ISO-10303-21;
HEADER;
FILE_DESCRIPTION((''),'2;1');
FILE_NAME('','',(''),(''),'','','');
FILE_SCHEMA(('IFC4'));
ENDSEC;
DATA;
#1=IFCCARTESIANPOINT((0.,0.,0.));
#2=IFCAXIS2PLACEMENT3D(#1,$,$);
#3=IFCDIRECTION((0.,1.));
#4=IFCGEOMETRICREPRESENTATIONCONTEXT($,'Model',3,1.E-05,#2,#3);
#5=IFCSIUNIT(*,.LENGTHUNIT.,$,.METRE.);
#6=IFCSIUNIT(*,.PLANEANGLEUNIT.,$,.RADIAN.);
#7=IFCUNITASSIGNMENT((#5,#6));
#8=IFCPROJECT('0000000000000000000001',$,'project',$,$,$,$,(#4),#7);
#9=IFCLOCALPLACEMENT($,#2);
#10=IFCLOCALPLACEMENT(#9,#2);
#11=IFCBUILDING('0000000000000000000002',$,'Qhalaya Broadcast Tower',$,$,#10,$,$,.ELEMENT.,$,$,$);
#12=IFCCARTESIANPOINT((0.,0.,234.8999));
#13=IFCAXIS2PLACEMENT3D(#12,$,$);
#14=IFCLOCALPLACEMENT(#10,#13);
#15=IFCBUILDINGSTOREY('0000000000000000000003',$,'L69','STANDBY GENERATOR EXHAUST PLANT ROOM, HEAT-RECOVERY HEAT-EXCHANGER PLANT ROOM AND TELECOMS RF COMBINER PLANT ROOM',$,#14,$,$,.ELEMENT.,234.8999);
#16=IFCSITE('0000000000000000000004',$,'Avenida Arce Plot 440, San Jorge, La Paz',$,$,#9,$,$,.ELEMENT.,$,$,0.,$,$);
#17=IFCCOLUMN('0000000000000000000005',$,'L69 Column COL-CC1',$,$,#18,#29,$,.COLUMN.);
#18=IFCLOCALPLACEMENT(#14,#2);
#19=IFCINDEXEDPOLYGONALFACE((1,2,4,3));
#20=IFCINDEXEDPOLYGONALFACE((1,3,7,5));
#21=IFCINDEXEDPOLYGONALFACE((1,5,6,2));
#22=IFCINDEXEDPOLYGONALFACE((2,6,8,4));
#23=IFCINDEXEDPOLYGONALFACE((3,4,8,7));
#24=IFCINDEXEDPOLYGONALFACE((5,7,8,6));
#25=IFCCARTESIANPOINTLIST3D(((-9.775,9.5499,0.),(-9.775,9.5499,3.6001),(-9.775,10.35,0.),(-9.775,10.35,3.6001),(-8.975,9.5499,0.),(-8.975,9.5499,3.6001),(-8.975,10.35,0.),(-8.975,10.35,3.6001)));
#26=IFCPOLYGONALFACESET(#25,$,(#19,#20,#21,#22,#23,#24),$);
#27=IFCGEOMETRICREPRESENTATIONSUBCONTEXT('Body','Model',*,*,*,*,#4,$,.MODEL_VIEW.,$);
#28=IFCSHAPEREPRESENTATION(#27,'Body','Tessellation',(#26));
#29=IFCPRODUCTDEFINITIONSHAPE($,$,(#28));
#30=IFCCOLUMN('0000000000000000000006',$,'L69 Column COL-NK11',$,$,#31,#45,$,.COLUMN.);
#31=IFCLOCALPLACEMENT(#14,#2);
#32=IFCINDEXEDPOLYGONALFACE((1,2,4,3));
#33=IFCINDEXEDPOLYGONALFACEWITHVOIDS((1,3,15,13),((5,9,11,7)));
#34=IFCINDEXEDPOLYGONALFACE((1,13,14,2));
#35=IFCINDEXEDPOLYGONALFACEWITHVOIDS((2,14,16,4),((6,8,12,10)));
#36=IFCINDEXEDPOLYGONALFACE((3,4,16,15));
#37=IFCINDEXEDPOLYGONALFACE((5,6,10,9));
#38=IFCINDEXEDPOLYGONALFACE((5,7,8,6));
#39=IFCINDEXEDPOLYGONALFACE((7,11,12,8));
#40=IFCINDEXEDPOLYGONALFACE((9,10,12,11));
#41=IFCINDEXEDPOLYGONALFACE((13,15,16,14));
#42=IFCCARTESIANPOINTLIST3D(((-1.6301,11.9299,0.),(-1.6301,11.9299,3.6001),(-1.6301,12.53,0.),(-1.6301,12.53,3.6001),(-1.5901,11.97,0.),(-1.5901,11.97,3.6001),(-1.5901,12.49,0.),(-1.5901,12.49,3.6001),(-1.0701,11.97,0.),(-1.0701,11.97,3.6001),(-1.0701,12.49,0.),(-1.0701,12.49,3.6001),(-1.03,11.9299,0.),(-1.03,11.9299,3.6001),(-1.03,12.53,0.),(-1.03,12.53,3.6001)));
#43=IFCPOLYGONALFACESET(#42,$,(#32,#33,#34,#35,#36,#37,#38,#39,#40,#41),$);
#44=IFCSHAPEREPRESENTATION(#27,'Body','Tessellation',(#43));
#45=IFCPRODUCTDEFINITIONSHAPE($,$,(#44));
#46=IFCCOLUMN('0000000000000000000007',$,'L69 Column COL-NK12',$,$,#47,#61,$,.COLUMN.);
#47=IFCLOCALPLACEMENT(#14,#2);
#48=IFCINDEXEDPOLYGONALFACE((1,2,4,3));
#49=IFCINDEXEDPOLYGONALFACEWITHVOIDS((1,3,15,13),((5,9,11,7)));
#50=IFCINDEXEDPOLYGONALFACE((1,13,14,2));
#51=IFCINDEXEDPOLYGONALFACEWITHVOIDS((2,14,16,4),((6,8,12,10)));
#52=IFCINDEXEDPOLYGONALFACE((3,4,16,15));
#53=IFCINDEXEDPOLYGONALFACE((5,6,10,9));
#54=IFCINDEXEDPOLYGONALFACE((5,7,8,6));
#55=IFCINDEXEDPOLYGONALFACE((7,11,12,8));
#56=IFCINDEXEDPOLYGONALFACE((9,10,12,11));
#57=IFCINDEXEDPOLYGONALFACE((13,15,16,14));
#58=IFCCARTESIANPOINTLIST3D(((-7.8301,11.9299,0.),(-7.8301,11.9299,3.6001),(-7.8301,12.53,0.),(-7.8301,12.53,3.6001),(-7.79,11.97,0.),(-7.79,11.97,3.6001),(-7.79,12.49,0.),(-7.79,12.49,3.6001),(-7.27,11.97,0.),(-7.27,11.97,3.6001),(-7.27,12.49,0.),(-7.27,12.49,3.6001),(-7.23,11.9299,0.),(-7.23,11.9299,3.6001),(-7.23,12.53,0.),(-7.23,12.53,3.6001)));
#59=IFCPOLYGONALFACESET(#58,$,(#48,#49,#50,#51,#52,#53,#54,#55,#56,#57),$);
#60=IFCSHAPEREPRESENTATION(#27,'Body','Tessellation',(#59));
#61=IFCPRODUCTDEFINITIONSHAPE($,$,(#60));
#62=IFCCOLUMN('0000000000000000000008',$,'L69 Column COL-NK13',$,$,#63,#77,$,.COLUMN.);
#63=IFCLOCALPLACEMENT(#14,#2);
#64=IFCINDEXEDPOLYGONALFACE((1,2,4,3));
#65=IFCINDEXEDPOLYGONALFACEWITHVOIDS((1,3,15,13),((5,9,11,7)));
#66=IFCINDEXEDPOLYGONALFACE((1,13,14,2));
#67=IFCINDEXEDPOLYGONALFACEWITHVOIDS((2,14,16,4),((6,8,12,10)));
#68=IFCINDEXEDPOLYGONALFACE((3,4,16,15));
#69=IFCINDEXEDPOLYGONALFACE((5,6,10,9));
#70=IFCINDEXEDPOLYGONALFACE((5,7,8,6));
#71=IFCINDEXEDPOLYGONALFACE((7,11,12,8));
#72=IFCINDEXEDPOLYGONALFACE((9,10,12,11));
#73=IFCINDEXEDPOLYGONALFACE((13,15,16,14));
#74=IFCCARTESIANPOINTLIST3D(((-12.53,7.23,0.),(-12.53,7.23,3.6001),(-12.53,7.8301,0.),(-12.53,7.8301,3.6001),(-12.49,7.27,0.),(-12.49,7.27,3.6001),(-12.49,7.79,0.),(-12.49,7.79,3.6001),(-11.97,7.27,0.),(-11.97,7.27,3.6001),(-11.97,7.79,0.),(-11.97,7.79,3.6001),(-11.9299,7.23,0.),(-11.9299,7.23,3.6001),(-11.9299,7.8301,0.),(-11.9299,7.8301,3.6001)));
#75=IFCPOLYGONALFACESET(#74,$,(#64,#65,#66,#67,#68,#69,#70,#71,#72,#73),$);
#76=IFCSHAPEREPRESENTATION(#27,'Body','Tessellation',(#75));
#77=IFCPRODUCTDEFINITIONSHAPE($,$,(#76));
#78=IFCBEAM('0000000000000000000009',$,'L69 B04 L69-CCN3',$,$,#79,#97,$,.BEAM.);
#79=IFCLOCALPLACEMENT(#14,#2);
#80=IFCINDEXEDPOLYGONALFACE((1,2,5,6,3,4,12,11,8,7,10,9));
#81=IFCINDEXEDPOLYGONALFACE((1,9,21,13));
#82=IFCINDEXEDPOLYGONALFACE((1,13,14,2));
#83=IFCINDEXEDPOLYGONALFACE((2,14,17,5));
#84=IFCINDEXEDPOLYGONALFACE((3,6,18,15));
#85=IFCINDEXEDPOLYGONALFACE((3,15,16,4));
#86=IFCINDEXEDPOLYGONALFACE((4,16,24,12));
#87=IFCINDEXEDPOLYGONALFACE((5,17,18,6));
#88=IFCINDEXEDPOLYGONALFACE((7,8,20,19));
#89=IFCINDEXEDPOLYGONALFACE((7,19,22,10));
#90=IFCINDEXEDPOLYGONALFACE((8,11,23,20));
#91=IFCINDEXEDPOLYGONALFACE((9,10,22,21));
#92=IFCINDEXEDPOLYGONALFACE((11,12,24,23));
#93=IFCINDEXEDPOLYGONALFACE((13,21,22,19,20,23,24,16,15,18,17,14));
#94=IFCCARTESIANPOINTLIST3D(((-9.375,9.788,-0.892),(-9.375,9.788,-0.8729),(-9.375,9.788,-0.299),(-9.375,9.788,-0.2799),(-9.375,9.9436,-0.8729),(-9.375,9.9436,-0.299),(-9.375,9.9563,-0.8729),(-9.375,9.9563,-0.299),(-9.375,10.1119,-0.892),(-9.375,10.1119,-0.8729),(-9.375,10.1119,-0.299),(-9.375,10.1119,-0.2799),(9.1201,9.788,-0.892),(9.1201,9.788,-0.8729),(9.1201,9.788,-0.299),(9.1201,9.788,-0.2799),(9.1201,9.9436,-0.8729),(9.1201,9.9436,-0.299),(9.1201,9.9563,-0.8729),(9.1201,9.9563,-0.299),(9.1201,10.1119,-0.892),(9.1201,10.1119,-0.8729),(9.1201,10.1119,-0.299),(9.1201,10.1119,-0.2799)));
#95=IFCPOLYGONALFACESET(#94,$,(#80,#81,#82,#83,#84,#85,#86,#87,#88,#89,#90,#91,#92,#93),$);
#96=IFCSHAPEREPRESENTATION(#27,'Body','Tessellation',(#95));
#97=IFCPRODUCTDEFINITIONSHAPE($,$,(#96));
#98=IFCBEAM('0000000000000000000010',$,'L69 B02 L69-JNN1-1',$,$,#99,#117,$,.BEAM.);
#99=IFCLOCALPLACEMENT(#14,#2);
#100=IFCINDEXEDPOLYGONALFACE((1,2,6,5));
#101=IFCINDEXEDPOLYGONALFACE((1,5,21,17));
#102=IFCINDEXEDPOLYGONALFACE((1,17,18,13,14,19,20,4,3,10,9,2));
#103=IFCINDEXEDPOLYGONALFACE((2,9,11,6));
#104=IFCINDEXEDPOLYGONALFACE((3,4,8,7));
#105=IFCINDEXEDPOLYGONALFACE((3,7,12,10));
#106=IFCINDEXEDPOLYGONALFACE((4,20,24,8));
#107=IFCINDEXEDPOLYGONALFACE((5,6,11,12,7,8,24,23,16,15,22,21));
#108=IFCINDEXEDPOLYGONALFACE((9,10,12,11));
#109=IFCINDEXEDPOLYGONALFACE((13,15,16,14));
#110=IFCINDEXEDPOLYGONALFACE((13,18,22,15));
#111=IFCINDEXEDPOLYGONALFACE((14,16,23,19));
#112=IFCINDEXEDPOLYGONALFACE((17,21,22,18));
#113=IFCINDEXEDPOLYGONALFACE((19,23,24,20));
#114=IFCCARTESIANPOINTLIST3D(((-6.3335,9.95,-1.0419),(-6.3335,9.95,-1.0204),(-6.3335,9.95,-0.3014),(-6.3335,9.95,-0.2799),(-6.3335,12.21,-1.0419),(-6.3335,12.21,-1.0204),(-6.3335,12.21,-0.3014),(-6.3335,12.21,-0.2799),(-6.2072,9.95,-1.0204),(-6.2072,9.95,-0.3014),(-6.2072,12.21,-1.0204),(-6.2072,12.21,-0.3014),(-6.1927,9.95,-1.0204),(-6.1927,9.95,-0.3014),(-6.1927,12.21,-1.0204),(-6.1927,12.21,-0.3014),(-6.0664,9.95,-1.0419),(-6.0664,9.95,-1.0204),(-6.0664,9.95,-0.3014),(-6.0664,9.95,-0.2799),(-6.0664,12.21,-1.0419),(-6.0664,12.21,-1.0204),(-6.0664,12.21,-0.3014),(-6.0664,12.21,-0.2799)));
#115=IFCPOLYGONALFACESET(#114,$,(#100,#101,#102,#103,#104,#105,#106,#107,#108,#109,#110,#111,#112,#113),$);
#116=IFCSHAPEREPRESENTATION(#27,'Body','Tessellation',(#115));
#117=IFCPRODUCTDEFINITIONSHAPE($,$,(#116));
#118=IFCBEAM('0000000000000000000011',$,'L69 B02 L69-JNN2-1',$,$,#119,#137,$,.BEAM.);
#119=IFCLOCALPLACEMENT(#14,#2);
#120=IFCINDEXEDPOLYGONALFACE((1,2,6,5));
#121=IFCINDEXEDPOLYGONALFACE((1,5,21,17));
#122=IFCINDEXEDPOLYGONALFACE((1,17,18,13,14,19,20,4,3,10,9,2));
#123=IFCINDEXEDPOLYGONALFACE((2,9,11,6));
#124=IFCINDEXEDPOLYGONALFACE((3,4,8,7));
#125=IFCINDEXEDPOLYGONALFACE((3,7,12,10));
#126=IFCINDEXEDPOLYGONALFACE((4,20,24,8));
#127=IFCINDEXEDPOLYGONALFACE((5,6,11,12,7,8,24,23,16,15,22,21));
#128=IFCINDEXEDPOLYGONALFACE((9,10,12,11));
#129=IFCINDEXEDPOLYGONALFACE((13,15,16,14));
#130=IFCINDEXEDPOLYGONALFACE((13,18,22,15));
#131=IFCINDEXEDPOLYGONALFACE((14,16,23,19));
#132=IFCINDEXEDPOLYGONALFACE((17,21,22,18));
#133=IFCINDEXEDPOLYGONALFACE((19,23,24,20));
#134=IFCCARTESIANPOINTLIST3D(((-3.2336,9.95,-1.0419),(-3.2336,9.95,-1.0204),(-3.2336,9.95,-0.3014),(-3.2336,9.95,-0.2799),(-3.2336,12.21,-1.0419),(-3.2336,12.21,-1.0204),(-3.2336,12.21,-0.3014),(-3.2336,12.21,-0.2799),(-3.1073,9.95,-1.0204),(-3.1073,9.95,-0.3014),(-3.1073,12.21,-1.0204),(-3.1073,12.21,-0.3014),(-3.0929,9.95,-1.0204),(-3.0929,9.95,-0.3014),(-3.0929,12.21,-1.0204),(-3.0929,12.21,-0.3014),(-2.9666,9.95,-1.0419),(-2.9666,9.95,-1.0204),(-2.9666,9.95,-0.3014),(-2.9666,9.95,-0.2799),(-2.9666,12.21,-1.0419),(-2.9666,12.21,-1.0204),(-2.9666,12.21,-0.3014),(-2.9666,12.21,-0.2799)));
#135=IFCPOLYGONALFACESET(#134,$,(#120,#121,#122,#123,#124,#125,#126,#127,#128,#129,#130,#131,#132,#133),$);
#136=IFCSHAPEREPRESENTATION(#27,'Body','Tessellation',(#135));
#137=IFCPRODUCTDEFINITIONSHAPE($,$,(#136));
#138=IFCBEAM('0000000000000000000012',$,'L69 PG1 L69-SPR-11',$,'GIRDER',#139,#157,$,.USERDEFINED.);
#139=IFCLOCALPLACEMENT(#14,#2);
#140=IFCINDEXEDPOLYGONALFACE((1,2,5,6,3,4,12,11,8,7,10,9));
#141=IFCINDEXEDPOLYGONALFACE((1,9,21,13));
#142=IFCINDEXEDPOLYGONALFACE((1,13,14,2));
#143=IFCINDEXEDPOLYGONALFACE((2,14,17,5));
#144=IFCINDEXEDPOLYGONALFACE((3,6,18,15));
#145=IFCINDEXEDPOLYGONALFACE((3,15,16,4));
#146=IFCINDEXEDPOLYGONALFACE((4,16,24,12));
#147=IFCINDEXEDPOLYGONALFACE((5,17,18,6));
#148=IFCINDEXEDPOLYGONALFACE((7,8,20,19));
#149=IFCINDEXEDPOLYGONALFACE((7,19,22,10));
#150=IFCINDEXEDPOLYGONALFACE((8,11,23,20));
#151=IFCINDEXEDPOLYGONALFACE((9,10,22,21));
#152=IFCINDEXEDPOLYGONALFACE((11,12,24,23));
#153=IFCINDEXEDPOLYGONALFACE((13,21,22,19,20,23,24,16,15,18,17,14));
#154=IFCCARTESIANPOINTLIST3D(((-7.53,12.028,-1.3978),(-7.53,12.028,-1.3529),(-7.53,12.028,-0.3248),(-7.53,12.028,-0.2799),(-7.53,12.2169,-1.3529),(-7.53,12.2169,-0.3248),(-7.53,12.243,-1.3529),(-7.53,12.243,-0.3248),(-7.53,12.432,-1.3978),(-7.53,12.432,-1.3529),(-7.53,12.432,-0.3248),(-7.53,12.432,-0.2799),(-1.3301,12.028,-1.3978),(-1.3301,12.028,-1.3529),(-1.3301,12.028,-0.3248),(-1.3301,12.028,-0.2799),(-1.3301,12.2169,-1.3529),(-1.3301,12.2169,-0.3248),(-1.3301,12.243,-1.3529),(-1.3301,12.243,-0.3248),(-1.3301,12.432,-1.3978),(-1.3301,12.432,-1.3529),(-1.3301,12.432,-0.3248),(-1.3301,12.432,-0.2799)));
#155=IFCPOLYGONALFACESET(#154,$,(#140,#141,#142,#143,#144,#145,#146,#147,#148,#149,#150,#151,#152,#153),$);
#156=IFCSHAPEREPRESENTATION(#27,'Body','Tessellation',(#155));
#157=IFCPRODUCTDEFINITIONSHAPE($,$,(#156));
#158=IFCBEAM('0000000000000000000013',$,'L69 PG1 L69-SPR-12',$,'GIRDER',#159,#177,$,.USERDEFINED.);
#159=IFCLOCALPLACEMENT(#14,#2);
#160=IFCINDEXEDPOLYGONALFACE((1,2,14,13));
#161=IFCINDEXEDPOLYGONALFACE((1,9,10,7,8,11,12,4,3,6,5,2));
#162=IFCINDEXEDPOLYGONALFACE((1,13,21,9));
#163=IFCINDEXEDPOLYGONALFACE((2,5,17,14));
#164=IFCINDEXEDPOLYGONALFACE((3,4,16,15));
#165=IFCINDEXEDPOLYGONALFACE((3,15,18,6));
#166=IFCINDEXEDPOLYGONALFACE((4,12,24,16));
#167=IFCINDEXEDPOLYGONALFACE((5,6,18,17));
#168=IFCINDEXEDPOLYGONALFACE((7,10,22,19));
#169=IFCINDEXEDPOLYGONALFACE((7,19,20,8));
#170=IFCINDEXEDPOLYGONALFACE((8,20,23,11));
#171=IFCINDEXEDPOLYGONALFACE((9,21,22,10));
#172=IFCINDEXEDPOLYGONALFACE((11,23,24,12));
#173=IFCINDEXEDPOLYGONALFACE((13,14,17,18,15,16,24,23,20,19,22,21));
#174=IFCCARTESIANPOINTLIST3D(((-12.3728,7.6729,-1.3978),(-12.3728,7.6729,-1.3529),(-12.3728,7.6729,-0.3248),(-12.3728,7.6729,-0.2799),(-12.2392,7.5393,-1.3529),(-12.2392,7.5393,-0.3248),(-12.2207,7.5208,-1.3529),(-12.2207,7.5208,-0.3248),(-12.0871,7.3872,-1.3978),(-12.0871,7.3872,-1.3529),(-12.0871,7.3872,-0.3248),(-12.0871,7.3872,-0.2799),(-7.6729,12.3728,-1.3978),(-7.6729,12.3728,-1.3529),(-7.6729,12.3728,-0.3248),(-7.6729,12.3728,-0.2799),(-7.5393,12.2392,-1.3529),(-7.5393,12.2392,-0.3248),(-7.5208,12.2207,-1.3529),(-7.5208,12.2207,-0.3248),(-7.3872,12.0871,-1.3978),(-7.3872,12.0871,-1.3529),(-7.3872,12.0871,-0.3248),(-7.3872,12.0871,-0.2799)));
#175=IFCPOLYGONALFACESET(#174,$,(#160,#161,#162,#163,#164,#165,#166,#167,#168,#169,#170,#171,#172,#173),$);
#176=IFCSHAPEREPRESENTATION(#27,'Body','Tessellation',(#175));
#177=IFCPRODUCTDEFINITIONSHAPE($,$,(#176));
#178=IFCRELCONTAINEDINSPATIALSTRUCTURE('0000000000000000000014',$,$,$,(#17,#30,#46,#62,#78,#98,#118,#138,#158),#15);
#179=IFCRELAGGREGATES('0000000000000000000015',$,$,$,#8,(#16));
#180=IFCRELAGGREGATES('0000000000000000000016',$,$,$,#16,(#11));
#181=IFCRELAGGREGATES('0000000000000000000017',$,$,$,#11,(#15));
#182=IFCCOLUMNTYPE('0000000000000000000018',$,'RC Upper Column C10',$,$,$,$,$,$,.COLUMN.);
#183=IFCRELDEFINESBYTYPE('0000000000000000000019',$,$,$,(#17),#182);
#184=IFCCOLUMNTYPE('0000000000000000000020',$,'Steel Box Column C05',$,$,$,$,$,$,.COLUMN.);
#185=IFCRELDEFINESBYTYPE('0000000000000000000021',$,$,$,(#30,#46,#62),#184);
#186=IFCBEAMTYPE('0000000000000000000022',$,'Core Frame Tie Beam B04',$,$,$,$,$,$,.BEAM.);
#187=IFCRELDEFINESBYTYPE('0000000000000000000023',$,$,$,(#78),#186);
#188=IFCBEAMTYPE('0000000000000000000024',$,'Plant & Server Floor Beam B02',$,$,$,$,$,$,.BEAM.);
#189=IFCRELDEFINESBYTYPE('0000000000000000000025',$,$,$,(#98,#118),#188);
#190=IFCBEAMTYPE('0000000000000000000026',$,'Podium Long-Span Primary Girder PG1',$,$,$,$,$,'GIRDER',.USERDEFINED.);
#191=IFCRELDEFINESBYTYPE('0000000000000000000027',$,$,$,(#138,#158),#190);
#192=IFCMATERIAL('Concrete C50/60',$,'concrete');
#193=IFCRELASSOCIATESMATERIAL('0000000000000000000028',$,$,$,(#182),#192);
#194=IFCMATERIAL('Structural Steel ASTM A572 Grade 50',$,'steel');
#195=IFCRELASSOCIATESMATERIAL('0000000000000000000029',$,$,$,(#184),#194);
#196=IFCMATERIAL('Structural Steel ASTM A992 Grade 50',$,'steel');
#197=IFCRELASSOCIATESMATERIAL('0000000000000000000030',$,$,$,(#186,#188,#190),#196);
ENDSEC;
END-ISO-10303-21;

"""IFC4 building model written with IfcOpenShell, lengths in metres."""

from ifc_helpers import new_model, si_unit, direction, frame, origin, origin_2d, place, context, subcontext, project, spatial, rectangle, hollow_rectangle, i_section, extrude, material, material_profile, profile_set, type_object, element, save


model = new_model("IFC4")

# Units and contexts
model_context = context("Model", 3, precision=1e-05, world=origin(), true_north=direction((0.0, 1.0)))
body_context = subcontext(model_context, "Body", "Model", "MODEL_VIEW")
ifc_project = project(units=[si_unit("LENGTHUNIT", "METRE"), si_unit("PLANEANGLEUNIT", "RADIAN")], contexts=[model_context])

# Site, building, storey
site_placement = place(None, origin())
site = spatial("IfcSite", under=ifc_project, at=site_placement, Name="Avenida Arce Plot 440, San Jorge, La Paz", CompositionType="ELEMENT", RefElevation=0.0)
building_placement = place(site_placement, origin())
building = spatial("IfcBuilding", under=site, at=building_placement, Name="Qhalaya Broadcast Tower", CompositionType="ELEMENT")
storey_placement = place(building_placement, frame((0.0, 0.0, 234.8999)))
storey = spatial("IfcBuildingStorey", under=building, at=storey_placement, Name="L69", Description="STANDBY GENERATOR EXHAUST PLANT ROOM, HEAT-RECOVERY HEAT-EXCHANGER PLANT ROOM AND TELECOMS RF COMBINER PLANT ROOM", CompositionType="ELEMENT", Elevation=234.8999)

# Columns
ifc_material_1 = material(Name="Concrete C50/60", Category="concrete")
ifc_material_profile_1 = material_profile(ifc_material_1, rectangle(XDim=0.8, YDim=0.8, at=origin_2d()), Name="RC-COL 800x800")
ifc_profile_set_1 = profile_set([ifc_material_profile_1], Name="Concrete C50/60")
column_type_1 = type_object("IfcColumnType", Name="RC Upper Column C10", PredefinedType="COLUMN", material=ifc_profile_set_1)
column_placement = place(storey_placement, frame((-9.375, 9.95, 0.0), z_axis=(0.0, 0.0, 1.0), x_axis=(1.0, 0.0, 0.0)))
element("IfcColumn", 1, at=column_placement, inside=storey, type_object=column_type_1, Name="L69 Column COL-CC1", PredefinedType="COLUMN", context=body_context, shape_type="SweptSolid", body=[
    extrude(rectangle(XDim=0.8, YDim=0.8, at=origin_2d()), origin(), (0.0, 0.0, 1.0), 3.6001),
])
ifc_material_2 = material(Name="Structural Steel ASTM A572 Grade 50", Category="steel")
ifc_material_profile_2 = material_profile(ifc_material_2, hollow_rectangle(XDim=0.6001, YDim=0.6001, WallThickness=0.04, at=origin_2d()), Name="BOX 600x600x40")
ifc_profile_set_2 = profile_set([ifc_material_profile_2], Name="Structural Steel ASTM A572 Grade 50")
column_type_2 = type_object("IfcColumnType", Name="Steel Box Column C05", PredefinedType="COLUMN", material=ifc_profile_set_2)
for number, where, z_axis, x_axis, name in (
    (2, (-1.3301, 12.23, 0.0), (0.0, 0.0, 1.0), (1.0, 0.0, 0.0), "L69 Column COL-NK11"),
    (3, (-7.53, 12.23, 0.0), (0.0, 0.0, 1.0), (1.0, 0.0, 0.0), "L69 Column COL-NK12"),
    (4, (-12.23, 7.53, 0.0), (0.0, 0.0, 1.0), (0.0, 1.0, 0.0), "L69 Column COL-NK13"),
):
    element("IfcColumn", number, at=place(storey_placement, frame(where, z_axis=z_axis, x_axis=x_axis)), inside=storey, type_object=column_type_2, Name=name, PredefinedType="COLUMN", context=body_context, shape_type="SweptSolid", body=[
        extrude(hollow_rectangle(XDim=0.6001, YDim=0.6001, WallThickness=0.04, at=origin_2d()), origin(), (0.0, 0.0, 1.0), 3.6001),
    ])

# Beams
ifc_material_3 = material(Name="Structural Steel ASTM A992 Grade 50", Category="steel")
ifc_material_profile_3 = material_profile(ifc_material_3, i_section(OverallWidth=0.324, OverallDepth=0.6121, WebThickness=0.0127, FlangeThickness=0.019, at=origin_2d()), Name="W24X104")
ifc_profile_set_3 = profile_set([ifc_material_profile_3], Name="Structural Steel ASTM A992 Grade 50")
beam_type_1 = type_object("IfcBeamType", Name="Core Frame Tie Beam B04", PredefinedType="BEAM", material=ifc_profile_set_3)
beam_1_placement = place(storey_placement, frame((-9.375, 9.95, -0.5859), z_axis=(1.0, 0.0, 0.0), x_axis=(0.0, 1.0, 0.0)))
element("IfcBeam", 5, at=beam_1_placement, inside=storey, type_object=beam_type_1, Name="L69 B04 L69-CCN3", PredefinedType="BEAM", context=body_context, shape_type="SweptSolid", body=[
    extrude(i_section(OverallWidth=0.324, OverallDepth=0.6121, WebThickness=0.0127, FlangeThickness=0.019, at=origin_2d()), origin(), (0.0, 0.0, 1.0), 18.4951),
])
ifc_material_profile_4 = material_profile(ifc_material_3, i_section(OverallWidth=0.2671, OverallDepth=0.762, WebThickness=0.0144, FlangeThickness=0.0215, at=origin_2d()), Name="W30X116")
ifc_profile_set_4 = profile_set([ifc_material_profile_4], Name="Structural Steel ASTM A992 Grade 50")
beam_type_2 = type_object("IfcBeamType", Name="Plant & Server Floor Beam B02", PredefinedType="BEAM", material=ifc_profile_set_4)
for number, where, z_axis, x_axis, name in (
    (6, (-6.2, 9.95, -0.6609), (0.0, 1.0, 0.0), (-1.0, 0.0, 0.0), "L69 B02 L69-JNN1-1"),
    (7, (-3.1001, 9.95, -0.6609), (0.0, 1.0, 0.0), (-1.0, 0.0, 0.0), "L69 B02 L69-JNN2-1"),
):
    element("IfcBeam", number, at=place(storey_placement, frame(where, z_axis=z_axis, x_axis=x_axis)), inside=storey, type_object=beam_type_2, Name=name, PredefinedType="BEAM", context=body_context, shape_type="SweptSolid", body=[
        extrude(i_section(OverallWidth=0.2671, OverallDepth=0.762, WebThickness=0.0144, FlangeThickness=0.0215, at=origin_2d()), origin(), (0.0, 0.0, 1.0), 2.26),
    ])
ifc_material_profile_5 = material_profile(ifc_material_3, i_section(OverallWidth=0.4041, OverallDepth=1.1179, WebThickness=0.0261, FlangeThickness=0.0449, at=origin_2d()), Name="W44X335")
ifc_profile_set_5 = profile_set([ifc_material_profile_5], Name="Structural Steel ASTM A992 Grade 50")
beam_type_3 = type_object("IfcBeamType", Name="Podium Long-Span Primary Girder PG1", ElementType="GIRDER", PredefinedType="USERDEFINED", material=ifc_profile_set_5)
beam_2_placement = place(storey_placement, frame((-1.3301, 12.23, -0.8389), z_axis=(-1.0, 0.0, 0.0), x_axis=(0.0, -1.0, 0.0)))
element("IfcBeam", 8, at=beam_2_placement, inside=storey, type_object=beam_type_3, Name="L69 PG1 L69-SPR-11", ObjectType="GIRDER", PredefinedType="USERDEFINED", context=body_context, shape_type="SweptSolid", body=[
    extrude(i_section(OverallWidth=0.4041, OverallDepth=1.1179, WebThickness=0.0261, FlangeThickness=0.0449, at=origin_2d()), origin(), (0.0, 0.0, 1.0), 6.2),
])
beam_3_placement = place(storey_placement, frame((-7.53, 12.23, -0.8389), z_axis=(-0.707107, -0.707107, 0.0), x_axis=(0.707107, -0.707107, 0.0)))
element("IfcBeam", 9, at=beam_3_placement, inside=storey, type_object=beam_type_3, Name="L69 PG1 L69-SPR-12", ObjectType="GIRDER", PredefinedType="USERDEFINED", context=body_context, shape_type="SweptSolid", body=[
    extrude(i_section(OverallWidth=0.4041, OverallDepth=1.1179, WebThickness=0.0261, FlangeThickness=0.0449, at=origin_2d()), origin(), (0.0, 0.0, 1.0), 6.6467),
])

save(model, "model.ifc")
